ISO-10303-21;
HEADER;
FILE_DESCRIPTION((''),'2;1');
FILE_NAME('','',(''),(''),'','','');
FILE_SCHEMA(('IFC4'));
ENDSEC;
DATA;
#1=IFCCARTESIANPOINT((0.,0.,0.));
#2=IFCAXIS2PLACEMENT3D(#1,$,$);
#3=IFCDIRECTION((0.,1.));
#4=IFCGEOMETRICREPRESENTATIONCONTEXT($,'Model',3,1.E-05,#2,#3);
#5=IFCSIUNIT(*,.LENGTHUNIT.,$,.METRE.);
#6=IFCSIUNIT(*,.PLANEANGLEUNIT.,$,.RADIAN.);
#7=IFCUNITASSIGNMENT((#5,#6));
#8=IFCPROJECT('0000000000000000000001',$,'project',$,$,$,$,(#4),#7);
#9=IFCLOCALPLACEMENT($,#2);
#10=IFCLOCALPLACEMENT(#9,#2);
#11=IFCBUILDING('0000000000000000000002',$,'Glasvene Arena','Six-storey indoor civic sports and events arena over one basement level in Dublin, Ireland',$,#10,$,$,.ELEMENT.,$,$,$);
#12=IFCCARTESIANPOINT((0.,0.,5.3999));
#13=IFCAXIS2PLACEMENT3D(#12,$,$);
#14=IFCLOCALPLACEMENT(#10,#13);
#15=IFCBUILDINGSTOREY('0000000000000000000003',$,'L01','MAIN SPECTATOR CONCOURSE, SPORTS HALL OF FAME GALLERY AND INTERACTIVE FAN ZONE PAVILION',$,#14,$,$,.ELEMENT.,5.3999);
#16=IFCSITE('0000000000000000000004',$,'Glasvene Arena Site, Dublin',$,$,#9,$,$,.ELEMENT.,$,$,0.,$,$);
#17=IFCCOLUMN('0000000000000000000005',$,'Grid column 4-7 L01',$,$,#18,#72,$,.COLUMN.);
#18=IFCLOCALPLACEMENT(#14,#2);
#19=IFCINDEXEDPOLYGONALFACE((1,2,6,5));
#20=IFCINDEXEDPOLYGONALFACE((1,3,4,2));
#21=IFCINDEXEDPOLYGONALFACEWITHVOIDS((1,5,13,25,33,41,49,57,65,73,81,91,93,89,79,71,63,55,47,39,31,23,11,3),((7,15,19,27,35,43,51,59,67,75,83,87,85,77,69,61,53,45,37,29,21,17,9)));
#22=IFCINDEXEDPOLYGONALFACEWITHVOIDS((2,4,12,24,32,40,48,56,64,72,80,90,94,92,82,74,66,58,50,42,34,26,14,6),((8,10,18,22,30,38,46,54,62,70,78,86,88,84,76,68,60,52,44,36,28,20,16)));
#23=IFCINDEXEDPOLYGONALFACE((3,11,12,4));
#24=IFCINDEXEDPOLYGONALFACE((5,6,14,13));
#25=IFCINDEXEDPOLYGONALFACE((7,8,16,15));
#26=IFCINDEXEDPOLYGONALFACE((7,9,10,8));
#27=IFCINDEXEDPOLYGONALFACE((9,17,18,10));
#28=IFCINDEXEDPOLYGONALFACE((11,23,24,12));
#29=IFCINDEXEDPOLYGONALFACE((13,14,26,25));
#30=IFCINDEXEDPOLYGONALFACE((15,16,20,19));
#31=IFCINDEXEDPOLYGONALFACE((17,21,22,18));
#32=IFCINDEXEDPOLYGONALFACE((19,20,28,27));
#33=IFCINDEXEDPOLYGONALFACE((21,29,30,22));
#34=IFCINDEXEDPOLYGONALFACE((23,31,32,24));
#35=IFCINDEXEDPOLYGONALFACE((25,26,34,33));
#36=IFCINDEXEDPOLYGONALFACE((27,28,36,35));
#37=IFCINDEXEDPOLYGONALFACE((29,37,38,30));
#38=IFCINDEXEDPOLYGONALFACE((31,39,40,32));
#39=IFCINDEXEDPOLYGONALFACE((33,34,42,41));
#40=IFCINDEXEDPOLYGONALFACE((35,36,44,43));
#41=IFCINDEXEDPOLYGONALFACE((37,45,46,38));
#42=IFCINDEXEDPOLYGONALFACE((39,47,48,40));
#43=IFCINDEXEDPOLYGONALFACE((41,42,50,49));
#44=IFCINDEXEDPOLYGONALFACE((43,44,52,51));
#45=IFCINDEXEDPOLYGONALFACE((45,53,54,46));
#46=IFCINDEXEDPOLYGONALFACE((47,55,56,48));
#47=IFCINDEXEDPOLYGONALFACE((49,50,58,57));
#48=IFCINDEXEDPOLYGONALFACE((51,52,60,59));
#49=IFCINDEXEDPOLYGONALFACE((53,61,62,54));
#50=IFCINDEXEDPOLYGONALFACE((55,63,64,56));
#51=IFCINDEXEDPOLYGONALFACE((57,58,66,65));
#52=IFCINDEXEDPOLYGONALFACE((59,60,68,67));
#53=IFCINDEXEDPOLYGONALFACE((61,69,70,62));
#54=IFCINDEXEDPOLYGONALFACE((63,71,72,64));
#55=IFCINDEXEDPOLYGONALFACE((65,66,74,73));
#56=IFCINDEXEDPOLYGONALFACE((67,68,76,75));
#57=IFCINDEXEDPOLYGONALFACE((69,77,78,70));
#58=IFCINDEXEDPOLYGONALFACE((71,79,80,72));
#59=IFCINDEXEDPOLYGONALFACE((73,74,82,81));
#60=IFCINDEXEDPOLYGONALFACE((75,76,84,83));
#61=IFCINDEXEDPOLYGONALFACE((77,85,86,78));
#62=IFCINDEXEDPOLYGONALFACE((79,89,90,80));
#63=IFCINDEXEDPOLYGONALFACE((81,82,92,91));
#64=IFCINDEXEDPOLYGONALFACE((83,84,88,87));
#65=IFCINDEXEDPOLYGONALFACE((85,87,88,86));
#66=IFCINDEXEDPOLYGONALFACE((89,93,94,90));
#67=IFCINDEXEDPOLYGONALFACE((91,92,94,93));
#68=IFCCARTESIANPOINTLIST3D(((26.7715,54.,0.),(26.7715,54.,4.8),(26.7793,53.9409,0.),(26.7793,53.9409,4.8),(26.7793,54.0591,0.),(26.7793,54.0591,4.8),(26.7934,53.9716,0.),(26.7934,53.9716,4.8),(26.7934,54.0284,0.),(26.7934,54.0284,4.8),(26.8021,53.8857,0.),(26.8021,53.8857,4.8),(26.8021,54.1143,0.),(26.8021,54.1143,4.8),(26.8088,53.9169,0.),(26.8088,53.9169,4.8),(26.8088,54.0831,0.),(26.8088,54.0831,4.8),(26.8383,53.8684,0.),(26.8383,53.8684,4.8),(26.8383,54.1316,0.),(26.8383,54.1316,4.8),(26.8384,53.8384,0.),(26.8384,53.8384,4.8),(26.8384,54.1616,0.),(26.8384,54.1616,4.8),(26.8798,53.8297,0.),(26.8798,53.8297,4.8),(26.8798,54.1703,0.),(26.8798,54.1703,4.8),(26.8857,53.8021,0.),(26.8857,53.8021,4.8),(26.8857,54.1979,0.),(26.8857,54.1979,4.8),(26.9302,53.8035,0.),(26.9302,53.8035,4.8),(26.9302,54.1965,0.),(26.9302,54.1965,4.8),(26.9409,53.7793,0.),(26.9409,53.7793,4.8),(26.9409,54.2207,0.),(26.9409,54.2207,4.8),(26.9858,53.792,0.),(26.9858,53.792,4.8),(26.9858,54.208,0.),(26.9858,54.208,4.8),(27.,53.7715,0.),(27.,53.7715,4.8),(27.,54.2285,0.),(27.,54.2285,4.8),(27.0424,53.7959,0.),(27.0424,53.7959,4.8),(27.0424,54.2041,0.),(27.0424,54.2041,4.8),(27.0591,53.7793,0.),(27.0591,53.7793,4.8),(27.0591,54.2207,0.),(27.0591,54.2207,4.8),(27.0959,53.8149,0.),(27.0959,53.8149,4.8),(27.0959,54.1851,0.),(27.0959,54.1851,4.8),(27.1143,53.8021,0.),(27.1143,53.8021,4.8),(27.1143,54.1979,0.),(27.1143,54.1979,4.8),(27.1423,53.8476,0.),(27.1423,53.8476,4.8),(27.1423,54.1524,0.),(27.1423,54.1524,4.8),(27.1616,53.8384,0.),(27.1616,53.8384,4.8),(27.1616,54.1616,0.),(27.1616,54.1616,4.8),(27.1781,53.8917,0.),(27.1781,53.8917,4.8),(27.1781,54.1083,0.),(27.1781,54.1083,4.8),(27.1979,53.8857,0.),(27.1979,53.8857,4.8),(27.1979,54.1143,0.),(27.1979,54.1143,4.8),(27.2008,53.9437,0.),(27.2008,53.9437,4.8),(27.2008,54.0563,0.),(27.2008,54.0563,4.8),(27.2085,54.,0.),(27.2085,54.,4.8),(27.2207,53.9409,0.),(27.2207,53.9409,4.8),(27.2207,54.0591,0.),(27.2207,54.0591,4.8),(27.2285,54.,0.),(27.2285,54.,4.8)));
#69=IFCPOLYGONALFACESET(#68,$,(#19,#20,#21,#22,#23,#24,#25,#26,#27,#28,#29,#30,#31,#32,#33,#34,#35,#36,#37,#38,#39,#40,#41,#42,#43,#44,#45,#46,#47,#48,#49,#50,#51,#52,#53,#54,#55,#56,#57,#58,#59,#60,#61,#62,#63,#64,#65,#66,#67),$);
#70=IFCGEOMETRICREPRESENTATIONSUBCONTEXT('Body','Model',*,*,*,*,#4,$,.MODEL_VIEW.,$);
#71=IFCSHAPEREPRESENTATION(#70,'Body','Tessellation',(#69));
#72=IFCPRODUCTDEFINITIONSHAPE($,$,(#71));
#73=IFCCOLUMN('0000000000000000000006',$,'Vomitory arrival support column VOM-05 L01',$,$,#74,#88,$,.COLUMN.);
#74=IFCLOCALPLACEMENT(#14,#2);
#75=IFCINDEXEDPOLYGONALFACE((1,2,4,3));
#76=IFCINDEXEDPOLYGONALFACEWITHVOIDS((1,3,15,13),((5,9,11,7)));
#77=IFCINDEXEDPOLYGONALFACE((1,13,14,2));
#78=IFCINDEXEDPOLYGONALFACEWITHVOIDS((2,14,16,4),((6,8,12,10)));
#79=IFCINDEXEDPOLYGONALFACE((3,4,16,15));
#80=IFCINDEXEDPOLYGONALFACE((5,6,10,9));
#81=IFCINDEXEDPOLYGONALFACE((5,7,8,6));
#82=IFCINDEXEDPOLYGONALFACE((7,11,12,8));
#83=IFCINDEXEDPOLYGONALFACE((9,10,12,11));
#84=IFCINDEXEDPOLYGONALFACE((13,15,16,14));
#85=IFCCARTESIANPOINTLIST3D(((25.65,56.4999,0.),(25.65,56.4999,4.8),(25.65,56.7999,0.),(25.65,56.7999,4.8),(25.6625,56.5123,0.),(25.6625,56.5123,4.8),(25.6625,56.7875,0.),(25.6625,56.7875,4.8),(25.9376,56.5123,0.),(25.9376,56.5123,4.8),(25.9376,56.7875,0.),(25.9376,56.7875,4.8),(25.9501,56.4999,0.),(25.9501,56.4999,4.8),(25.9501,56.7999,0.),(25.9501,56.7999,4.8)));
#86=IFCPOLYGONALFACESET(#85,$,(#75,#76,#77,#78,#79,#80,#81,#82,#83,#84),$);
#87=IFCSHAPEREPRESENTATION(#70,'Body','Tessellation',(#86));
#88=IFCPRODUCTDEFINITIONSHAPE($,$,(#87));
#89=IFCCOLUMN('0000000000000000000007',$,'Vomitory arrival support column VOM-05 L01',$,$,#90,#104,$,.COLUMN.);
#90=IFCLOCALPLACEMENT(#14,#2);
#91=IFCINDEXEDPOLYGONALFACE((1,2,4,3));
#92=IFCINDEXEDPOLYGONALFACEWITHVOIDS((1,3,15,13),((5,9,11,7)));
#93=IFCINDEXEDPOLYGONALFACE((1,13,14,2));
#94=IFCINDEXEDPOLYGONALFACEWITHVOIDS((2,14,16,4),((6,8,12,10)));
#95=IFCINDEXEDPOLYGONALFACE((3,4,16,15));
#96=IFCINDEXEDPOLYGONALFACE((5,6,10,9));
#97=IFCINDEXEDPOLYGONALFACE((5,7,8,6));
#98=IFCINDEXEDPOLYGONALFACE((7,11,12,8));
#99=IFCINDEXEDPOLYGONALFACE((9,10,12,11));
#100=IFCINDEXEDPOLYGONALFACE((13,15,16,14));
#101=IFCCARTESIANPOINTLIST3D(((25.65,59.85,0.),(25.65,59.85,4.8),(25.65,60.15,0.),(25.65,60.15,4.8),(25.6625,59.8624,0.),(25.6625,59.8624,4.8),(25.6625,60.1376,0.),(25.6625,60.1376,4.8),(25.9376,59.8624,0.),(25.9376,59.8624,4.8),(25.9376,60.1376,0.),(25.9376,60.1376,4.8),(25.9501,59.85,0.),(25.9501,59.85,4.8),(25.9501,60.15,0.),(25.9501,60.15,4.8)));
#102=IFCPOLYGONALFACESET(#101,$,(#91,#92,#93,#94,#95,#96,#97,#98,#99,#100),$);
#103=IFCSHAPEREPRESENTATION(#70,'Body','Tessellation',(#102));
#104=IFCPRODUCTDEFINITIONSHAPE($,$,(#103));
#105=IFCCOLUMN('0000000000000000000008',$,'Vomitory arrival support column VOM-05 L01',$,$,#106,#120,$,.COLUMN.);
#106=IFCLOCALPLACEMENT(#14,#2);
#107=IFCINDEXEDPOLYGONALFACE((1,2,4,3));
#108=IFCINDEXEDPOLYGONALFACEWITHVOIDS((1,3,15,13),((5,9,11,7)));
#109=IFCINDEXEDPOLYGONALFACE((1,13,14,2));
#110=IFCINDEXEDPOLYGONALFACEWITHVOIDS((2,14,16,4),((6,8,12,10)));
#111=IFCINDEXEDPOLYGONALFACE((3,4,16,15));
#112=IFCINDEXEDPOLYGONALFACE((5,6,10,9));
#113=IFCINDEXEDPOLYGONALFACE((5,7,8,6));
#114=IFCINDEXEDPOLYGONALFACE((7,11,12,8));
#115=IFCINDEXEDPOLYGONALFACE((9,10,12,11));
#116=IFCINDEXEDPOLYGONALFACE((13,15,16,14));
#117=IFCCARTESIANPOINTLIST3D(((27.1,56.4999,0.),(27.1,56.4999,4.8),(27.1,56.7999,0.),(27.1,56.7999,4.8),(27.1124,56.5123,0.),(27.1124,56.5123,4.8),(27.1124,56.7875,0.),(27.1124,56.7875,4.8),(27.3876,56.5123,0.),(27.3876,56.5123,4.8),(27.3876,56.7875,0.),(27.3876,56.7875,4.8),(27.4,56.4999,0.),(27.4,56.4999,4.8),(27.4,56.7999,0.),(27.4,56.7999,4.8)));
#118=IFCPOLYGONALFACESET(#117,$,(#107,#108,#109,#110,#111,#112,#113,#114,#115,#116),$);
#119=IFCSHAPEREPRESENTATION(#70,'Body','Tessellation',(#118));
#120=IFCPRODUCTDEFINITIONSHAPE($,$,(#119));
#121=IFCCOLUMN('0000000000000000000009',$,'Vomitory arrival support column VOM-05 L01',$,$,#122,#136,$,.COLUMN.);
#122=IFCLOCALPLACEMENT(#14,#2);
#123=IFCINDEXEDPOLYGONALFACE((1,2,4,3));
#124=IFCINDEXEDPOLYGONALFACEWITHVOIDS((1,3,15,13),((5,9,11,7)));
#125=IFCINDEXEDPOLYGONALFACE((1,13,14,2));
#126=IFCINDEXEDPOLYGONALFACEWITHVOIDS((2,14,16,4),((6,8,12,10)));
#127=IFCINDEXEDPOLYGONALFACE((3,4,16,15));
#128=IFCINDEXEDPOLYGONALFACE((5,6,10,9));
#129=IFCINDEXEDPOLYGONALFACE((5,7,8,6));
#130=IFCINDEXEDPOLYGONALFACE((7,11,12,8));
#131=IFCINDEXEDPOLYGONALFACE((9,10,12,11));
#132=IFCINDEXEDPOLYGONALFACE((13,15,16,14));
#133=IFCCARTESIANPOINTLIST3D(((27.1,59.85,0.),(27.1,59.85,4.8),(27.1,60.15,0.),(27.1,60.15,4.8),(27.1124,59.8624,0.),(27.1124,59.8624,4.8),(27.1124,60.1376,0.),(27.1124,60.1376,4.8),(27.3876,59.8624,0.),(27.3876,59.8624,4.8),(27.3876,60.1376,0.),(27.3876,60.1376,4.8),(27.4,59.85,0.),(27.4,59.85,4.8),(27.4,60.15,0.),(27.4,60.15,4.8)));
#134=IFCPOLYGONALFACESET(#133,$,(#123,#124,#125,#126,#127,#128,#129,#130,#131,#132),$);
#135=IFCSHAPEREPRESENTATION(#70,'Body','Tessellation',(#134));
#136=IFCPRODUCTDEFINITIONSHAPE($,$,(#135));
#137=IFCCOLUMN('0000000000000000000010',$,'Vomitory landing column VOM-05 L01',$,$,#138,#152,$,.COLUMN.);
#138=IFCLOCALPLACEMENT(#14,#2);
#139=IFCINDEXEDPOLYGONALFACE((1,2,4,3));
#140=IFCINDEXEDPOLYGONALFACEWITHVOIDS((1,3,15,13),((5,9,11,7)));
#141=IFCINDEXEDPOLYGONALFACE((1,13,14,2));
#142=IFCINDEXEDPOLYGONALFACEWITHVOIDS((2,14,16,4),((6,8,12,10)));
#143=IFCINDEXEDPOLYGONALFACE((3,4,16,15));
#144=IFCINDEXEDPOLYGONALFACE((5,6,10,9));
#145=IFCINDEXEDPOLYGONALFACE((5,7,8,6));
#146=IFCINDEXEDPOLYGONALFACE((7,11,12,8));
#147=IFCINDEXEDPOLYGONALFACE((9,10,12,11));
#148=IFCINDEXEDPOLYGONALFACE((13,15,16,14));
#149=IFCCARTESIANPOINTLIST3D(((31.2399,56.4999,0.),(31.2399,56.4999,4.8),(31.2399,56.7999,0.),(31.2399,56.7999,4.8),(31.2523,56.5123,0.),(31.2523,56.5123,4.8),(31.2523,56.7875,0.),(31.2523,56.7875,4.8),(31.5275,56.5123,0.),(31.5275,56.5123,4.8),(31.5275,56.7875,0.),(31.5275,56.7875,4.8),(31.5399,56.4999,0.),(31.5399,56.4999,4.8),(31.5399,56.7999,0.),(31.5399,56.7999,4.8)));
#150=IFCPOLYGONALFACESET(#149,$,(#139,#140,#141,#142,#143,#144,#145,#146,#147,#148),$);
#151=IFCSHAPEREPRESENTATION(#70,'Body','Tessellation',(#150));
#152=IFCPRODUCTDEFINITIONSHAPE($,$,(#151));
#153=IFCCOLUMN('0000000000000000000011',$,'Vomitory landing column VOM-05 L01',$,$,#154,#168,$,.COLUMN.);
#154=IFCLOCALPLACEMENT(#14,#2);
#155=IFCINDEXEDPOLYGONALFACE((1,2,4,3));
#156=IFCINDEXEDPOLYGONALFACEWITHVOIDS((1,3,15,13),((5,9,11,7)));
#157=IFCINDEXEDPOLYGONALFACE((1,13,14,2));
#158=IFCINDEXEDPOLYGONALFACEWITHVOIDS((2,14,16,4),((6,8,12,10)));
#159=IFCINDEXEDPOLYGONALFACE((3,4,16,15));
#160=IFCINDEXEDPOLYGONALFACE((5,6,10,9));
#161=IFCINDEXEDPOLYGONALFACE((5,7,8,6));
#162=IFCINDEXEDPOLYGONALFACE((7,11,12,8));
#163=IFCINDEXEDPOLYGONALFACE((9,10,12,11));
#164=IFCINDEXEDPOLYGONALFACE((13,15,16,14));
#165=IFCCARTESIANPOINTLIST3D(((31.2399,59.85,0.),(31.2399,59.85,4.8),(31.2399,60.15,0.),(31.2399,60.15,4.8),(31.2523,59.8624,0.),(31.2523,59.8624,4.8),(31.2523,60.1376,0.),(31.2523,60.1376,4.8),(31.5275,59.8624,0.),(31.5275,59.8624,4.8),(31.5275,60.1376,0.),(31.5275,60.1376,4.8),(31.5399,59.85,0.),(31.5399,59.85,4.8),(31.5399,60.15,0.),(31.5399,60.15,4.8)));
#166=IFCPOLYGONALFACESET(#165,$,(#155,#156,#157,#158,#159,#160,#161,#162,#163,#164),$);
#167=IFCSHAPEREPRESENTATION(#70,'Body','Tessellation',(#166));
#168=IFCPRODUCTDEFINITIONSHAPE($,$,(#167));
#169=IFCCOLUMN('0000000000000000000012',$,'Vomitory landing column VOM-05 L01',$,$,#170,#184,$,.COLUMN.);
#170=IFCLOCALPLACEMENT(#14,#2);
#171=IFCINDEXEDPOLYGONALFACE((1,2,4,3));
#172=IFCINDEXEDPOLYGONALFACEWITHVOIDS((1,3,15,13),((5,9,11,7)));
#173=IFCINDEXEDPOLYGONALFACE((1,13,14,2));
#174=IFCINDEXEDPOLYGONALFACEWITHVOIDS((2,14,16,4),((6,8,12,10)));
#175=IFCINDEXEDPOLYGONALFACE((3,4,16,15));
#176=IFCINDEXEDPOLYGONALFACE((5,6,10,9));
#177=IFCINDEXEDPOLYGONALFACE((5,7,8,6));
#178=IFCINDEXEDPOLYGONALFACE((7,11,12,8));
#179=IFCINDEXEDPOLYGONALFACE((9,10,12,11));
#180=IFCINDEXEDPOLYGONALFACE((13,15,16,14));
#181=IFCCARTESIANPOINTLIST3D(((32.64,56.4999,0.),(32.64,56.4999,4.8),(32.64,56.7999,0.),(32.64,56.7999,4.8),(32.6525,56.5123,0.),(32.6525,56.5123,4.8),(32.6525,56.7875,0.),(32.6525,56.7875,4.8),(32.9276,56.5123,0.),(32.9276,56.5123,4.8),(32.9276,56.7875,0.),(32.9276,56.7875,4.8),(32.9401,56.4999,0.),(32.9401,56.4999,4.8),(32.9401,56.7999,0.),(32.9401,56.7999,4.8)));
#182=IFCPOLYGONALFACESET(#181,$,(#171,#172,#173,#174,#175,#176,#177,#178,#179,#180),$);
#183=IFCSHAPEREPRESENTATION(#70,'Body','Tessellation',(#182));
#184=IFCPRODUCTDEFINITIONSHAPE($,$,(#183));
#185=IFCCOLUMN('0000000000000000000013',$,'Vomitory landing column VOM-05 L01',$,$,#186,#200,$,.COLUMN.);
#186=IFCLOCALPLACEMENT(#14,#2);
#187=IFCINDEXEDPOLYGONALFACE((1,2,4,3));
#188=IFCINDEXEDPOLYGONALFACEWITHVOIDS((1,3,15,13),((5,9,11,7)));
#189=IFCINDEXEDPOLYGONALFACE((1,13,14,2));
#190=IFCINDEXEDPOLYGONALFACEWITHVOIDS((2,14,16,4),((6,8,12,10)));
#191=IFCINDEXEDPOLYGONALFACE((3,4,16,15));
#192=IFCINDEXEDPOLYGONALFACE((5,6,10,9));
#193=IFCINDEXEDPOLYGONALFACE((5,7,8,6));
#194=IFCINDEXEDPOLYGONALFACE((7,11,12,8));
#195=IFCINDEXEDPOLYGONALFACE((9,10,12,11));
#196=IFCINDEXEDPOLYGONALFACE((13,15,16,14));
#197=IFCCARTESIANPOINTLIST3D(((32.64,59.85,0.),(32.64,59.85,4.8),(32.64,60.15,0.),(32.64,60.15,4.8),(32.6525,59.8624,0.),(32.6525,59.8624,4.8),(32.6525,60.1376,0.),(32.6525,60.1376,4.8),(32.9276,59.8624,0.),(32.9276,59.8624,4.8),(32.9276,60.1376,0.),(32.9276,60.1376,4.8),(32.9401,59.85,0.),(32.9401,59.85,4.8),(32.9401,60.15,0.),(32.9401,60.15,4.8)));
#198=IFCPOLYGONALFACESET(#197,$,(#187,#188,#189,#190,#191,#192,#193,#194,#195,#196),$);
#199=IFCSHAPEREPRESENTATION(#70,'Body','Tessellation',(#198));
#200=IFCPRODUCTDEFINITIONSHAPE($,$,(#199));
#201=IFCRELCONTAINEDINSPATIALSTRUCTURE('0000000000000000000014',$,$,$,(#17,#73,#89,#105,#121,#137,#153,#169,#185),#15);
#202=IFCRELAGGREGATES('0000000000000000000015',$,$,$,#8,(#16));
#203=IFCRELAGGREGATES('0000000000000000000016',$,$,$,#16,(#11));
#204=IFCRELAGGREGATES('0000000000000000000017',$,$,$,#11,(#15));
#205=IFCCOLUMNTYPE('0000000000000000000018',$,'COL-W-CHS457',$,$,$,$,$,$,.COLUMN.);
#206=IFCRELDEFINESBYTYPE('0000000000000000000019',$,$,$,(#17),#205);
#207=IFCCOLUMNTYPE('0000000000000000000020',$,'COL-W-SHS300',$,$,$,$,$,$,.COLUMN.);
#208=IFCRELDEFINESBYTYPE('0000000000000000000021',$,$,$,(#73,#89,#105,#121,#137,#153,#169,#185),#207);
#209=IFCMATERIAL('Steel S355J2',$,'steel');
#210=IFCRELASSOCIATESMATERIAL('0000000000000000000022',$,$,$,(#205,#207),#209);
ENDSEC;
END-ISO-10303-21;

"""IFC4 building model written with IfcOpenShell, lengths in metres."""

from ifc_helpers import new_model, si_unit, direction, frame, origin, origin_2d, place, context, subcontext, project, spatial, hollow_rectangle, hollow_circle, extrude, material, material_profile, profile_set, type_object, element, save


model = new_model("IFC4")

# Units and contexts
model_context = context("Model", 3, precision=1e-05, world=origin(), true_north=direction((0.0, 1.0)))
body_context = subcontext(model_context, "Body", "Model", "MODEL_VIEW")
ifc_project = project(units=[si_unit("LENGTHUNIT", "METRE"), si_unit("PLANEANGLEUNIT", "RADIAN")], contexts=[model_context])

# Site, building, storey
site_placement = place(None, origin())
site = spatial("IfcSite", under=ifc_project, at=site_placement, Name="Glasvene Arena Site, Dublin", CompositionType="ELEMENT", RefElevation=0.0)
building_placement = place(site_placement, origin())
building = spatial("IfcBuilding", under=site, at=building_placement, Name="Glasvene Arena", Description="Six-storey indoor civic sports and events arena over one basement level in Dublin, Ireland", CompositionType="ELEMENT")
storey_placement = place(building_placement, frame((0.0, 0.0, 5.3999)))
storey = spatial("IfcBuildingStorey", under=building, at=storey_placement, Name="L01", Description="MAIN SPECTATOR CONCOURSE, SPORTS HALL OF FAME GALLERY AND INTERACTIVE FAN ZONE PAVILION", CompositionType="ELEMENT", Elevation=5.3999)

# Columns
ifc_material_1 = material(Name="Steel S355J2", Category="steel")
ifc_material_profile_1 = material_profile(ifc_material_1, hollow_circle(Radius=0.2285, WallThickness=0.02, at=origin_2d()), Name="CHS 457.0x20.0")
ifc_profile_set_1 = profile_set([ifc_material_profile_1], Name="Steel S355J2")
column_type_1 = type_object("IfcColumnType", Name="COL-W-CHS457", PredefinedType="COLUMN", material=ifc_profile_set_1)
column_placement = place(storey_placement, frame((27.0, 54.0, 0.0), z_axis=(0.0, 0.0, 1.0), x_axis=(1.0, 0.0, 0.0)))
element("IfcColumn", 1, at=column_placement, inside=storey, type_object=column_type_1, Name="Grid column 4-7 L01", PredefinedType="COLUMN", context=body_context, shape_type="SweptSolid", body=[
    extrude(hollow_circle(Radius=0.2285, WallThickness=0.02, at=origin_2d()), origin(), (0.0, 0.0, 1.0), 4.8),
])
ifc_material_profile_2 = material_profile(ifc_material_1, hollow_rectangle(XDim=0.3, YDim=0.3, WallThickness=0.0125, at=origin_2d()), Name="SHS 300x300x12.5")
ifc_profile_set_2 = profile_set([ifc_material_profile_2], Name="Steel S355J2")
column_type_2 = type_object("IfcColumnType", Name="COL-W-SHS300", PredefinedType="COLUMN", material=ifc_profile_set_2)
for number, where, z_axis, x_axis, name in (
    (2, (25.8, 56.6499, 0.0), (0.0, 0.0, 1.0), (1.0, 0.0, 0.0), "Vomitory arrival support column VOM-05 L01"),
    (3, (25.8, 60.0, 0.0), (0.0, 0.0, 1.0), (1.0, 0.0, 0.0), "Vomitory arrival support column VOM-05 L01"),
    (4, (27.25, 56.6499, 0.0), (0.0, 0.0, 1.0), (1.0, 0.0, 0.0), "Vomitory arrival support column VOM-05 L01"),
    (5, (27.25, 60.0, 0.0), (0.0, 0.0, 1.0), (1.0, 0.0, 0.0), "Vomitory arrival support column VOM-05 L01"),
    (6, (31.3899, 56.6499, 0.0), (0.0, 0.0, 1.0), (1.0, 0.0, 0.0), "Vomitory landing column VOM-05 L01"),
    (7, (31.3899, 60.0, 0.0), (0.0, 0.0, 1.0), (1.0, 0.0, 0.0), "Vomitory landing column VOM-05 L01"),
    (8, (32.79, 56.6499, 0.0), (0.0, 0.0, 1.0), (1.0, 0.0, 0.0), "Vomitory landing column VOM-05 L01"),
    (9, (32.79, 60.0, 0.0), (0.0, 0.0, 1.0), (1.0, 0.0, 0.0), "Vomitory landing column VOM-05 L01"),
):
    element("IfcColumn", number, at=place(storey_placement, frame(where, z_axis=z_axis, x_axis=x_axis)), inside=storey, type_object=column_type_2, Name=name, PredefinedType="COLUMN", context=body_context, shape_type="SweptSolid", body=[
        extrude(hollow_rectangle(XDim=0.3, YDim=0.3, WallThickness=0.0125, at=origin_2d()), origin(), (0.0, 0.0, 1.0), 4.8),
    ])

save(model, "model.ifc")
